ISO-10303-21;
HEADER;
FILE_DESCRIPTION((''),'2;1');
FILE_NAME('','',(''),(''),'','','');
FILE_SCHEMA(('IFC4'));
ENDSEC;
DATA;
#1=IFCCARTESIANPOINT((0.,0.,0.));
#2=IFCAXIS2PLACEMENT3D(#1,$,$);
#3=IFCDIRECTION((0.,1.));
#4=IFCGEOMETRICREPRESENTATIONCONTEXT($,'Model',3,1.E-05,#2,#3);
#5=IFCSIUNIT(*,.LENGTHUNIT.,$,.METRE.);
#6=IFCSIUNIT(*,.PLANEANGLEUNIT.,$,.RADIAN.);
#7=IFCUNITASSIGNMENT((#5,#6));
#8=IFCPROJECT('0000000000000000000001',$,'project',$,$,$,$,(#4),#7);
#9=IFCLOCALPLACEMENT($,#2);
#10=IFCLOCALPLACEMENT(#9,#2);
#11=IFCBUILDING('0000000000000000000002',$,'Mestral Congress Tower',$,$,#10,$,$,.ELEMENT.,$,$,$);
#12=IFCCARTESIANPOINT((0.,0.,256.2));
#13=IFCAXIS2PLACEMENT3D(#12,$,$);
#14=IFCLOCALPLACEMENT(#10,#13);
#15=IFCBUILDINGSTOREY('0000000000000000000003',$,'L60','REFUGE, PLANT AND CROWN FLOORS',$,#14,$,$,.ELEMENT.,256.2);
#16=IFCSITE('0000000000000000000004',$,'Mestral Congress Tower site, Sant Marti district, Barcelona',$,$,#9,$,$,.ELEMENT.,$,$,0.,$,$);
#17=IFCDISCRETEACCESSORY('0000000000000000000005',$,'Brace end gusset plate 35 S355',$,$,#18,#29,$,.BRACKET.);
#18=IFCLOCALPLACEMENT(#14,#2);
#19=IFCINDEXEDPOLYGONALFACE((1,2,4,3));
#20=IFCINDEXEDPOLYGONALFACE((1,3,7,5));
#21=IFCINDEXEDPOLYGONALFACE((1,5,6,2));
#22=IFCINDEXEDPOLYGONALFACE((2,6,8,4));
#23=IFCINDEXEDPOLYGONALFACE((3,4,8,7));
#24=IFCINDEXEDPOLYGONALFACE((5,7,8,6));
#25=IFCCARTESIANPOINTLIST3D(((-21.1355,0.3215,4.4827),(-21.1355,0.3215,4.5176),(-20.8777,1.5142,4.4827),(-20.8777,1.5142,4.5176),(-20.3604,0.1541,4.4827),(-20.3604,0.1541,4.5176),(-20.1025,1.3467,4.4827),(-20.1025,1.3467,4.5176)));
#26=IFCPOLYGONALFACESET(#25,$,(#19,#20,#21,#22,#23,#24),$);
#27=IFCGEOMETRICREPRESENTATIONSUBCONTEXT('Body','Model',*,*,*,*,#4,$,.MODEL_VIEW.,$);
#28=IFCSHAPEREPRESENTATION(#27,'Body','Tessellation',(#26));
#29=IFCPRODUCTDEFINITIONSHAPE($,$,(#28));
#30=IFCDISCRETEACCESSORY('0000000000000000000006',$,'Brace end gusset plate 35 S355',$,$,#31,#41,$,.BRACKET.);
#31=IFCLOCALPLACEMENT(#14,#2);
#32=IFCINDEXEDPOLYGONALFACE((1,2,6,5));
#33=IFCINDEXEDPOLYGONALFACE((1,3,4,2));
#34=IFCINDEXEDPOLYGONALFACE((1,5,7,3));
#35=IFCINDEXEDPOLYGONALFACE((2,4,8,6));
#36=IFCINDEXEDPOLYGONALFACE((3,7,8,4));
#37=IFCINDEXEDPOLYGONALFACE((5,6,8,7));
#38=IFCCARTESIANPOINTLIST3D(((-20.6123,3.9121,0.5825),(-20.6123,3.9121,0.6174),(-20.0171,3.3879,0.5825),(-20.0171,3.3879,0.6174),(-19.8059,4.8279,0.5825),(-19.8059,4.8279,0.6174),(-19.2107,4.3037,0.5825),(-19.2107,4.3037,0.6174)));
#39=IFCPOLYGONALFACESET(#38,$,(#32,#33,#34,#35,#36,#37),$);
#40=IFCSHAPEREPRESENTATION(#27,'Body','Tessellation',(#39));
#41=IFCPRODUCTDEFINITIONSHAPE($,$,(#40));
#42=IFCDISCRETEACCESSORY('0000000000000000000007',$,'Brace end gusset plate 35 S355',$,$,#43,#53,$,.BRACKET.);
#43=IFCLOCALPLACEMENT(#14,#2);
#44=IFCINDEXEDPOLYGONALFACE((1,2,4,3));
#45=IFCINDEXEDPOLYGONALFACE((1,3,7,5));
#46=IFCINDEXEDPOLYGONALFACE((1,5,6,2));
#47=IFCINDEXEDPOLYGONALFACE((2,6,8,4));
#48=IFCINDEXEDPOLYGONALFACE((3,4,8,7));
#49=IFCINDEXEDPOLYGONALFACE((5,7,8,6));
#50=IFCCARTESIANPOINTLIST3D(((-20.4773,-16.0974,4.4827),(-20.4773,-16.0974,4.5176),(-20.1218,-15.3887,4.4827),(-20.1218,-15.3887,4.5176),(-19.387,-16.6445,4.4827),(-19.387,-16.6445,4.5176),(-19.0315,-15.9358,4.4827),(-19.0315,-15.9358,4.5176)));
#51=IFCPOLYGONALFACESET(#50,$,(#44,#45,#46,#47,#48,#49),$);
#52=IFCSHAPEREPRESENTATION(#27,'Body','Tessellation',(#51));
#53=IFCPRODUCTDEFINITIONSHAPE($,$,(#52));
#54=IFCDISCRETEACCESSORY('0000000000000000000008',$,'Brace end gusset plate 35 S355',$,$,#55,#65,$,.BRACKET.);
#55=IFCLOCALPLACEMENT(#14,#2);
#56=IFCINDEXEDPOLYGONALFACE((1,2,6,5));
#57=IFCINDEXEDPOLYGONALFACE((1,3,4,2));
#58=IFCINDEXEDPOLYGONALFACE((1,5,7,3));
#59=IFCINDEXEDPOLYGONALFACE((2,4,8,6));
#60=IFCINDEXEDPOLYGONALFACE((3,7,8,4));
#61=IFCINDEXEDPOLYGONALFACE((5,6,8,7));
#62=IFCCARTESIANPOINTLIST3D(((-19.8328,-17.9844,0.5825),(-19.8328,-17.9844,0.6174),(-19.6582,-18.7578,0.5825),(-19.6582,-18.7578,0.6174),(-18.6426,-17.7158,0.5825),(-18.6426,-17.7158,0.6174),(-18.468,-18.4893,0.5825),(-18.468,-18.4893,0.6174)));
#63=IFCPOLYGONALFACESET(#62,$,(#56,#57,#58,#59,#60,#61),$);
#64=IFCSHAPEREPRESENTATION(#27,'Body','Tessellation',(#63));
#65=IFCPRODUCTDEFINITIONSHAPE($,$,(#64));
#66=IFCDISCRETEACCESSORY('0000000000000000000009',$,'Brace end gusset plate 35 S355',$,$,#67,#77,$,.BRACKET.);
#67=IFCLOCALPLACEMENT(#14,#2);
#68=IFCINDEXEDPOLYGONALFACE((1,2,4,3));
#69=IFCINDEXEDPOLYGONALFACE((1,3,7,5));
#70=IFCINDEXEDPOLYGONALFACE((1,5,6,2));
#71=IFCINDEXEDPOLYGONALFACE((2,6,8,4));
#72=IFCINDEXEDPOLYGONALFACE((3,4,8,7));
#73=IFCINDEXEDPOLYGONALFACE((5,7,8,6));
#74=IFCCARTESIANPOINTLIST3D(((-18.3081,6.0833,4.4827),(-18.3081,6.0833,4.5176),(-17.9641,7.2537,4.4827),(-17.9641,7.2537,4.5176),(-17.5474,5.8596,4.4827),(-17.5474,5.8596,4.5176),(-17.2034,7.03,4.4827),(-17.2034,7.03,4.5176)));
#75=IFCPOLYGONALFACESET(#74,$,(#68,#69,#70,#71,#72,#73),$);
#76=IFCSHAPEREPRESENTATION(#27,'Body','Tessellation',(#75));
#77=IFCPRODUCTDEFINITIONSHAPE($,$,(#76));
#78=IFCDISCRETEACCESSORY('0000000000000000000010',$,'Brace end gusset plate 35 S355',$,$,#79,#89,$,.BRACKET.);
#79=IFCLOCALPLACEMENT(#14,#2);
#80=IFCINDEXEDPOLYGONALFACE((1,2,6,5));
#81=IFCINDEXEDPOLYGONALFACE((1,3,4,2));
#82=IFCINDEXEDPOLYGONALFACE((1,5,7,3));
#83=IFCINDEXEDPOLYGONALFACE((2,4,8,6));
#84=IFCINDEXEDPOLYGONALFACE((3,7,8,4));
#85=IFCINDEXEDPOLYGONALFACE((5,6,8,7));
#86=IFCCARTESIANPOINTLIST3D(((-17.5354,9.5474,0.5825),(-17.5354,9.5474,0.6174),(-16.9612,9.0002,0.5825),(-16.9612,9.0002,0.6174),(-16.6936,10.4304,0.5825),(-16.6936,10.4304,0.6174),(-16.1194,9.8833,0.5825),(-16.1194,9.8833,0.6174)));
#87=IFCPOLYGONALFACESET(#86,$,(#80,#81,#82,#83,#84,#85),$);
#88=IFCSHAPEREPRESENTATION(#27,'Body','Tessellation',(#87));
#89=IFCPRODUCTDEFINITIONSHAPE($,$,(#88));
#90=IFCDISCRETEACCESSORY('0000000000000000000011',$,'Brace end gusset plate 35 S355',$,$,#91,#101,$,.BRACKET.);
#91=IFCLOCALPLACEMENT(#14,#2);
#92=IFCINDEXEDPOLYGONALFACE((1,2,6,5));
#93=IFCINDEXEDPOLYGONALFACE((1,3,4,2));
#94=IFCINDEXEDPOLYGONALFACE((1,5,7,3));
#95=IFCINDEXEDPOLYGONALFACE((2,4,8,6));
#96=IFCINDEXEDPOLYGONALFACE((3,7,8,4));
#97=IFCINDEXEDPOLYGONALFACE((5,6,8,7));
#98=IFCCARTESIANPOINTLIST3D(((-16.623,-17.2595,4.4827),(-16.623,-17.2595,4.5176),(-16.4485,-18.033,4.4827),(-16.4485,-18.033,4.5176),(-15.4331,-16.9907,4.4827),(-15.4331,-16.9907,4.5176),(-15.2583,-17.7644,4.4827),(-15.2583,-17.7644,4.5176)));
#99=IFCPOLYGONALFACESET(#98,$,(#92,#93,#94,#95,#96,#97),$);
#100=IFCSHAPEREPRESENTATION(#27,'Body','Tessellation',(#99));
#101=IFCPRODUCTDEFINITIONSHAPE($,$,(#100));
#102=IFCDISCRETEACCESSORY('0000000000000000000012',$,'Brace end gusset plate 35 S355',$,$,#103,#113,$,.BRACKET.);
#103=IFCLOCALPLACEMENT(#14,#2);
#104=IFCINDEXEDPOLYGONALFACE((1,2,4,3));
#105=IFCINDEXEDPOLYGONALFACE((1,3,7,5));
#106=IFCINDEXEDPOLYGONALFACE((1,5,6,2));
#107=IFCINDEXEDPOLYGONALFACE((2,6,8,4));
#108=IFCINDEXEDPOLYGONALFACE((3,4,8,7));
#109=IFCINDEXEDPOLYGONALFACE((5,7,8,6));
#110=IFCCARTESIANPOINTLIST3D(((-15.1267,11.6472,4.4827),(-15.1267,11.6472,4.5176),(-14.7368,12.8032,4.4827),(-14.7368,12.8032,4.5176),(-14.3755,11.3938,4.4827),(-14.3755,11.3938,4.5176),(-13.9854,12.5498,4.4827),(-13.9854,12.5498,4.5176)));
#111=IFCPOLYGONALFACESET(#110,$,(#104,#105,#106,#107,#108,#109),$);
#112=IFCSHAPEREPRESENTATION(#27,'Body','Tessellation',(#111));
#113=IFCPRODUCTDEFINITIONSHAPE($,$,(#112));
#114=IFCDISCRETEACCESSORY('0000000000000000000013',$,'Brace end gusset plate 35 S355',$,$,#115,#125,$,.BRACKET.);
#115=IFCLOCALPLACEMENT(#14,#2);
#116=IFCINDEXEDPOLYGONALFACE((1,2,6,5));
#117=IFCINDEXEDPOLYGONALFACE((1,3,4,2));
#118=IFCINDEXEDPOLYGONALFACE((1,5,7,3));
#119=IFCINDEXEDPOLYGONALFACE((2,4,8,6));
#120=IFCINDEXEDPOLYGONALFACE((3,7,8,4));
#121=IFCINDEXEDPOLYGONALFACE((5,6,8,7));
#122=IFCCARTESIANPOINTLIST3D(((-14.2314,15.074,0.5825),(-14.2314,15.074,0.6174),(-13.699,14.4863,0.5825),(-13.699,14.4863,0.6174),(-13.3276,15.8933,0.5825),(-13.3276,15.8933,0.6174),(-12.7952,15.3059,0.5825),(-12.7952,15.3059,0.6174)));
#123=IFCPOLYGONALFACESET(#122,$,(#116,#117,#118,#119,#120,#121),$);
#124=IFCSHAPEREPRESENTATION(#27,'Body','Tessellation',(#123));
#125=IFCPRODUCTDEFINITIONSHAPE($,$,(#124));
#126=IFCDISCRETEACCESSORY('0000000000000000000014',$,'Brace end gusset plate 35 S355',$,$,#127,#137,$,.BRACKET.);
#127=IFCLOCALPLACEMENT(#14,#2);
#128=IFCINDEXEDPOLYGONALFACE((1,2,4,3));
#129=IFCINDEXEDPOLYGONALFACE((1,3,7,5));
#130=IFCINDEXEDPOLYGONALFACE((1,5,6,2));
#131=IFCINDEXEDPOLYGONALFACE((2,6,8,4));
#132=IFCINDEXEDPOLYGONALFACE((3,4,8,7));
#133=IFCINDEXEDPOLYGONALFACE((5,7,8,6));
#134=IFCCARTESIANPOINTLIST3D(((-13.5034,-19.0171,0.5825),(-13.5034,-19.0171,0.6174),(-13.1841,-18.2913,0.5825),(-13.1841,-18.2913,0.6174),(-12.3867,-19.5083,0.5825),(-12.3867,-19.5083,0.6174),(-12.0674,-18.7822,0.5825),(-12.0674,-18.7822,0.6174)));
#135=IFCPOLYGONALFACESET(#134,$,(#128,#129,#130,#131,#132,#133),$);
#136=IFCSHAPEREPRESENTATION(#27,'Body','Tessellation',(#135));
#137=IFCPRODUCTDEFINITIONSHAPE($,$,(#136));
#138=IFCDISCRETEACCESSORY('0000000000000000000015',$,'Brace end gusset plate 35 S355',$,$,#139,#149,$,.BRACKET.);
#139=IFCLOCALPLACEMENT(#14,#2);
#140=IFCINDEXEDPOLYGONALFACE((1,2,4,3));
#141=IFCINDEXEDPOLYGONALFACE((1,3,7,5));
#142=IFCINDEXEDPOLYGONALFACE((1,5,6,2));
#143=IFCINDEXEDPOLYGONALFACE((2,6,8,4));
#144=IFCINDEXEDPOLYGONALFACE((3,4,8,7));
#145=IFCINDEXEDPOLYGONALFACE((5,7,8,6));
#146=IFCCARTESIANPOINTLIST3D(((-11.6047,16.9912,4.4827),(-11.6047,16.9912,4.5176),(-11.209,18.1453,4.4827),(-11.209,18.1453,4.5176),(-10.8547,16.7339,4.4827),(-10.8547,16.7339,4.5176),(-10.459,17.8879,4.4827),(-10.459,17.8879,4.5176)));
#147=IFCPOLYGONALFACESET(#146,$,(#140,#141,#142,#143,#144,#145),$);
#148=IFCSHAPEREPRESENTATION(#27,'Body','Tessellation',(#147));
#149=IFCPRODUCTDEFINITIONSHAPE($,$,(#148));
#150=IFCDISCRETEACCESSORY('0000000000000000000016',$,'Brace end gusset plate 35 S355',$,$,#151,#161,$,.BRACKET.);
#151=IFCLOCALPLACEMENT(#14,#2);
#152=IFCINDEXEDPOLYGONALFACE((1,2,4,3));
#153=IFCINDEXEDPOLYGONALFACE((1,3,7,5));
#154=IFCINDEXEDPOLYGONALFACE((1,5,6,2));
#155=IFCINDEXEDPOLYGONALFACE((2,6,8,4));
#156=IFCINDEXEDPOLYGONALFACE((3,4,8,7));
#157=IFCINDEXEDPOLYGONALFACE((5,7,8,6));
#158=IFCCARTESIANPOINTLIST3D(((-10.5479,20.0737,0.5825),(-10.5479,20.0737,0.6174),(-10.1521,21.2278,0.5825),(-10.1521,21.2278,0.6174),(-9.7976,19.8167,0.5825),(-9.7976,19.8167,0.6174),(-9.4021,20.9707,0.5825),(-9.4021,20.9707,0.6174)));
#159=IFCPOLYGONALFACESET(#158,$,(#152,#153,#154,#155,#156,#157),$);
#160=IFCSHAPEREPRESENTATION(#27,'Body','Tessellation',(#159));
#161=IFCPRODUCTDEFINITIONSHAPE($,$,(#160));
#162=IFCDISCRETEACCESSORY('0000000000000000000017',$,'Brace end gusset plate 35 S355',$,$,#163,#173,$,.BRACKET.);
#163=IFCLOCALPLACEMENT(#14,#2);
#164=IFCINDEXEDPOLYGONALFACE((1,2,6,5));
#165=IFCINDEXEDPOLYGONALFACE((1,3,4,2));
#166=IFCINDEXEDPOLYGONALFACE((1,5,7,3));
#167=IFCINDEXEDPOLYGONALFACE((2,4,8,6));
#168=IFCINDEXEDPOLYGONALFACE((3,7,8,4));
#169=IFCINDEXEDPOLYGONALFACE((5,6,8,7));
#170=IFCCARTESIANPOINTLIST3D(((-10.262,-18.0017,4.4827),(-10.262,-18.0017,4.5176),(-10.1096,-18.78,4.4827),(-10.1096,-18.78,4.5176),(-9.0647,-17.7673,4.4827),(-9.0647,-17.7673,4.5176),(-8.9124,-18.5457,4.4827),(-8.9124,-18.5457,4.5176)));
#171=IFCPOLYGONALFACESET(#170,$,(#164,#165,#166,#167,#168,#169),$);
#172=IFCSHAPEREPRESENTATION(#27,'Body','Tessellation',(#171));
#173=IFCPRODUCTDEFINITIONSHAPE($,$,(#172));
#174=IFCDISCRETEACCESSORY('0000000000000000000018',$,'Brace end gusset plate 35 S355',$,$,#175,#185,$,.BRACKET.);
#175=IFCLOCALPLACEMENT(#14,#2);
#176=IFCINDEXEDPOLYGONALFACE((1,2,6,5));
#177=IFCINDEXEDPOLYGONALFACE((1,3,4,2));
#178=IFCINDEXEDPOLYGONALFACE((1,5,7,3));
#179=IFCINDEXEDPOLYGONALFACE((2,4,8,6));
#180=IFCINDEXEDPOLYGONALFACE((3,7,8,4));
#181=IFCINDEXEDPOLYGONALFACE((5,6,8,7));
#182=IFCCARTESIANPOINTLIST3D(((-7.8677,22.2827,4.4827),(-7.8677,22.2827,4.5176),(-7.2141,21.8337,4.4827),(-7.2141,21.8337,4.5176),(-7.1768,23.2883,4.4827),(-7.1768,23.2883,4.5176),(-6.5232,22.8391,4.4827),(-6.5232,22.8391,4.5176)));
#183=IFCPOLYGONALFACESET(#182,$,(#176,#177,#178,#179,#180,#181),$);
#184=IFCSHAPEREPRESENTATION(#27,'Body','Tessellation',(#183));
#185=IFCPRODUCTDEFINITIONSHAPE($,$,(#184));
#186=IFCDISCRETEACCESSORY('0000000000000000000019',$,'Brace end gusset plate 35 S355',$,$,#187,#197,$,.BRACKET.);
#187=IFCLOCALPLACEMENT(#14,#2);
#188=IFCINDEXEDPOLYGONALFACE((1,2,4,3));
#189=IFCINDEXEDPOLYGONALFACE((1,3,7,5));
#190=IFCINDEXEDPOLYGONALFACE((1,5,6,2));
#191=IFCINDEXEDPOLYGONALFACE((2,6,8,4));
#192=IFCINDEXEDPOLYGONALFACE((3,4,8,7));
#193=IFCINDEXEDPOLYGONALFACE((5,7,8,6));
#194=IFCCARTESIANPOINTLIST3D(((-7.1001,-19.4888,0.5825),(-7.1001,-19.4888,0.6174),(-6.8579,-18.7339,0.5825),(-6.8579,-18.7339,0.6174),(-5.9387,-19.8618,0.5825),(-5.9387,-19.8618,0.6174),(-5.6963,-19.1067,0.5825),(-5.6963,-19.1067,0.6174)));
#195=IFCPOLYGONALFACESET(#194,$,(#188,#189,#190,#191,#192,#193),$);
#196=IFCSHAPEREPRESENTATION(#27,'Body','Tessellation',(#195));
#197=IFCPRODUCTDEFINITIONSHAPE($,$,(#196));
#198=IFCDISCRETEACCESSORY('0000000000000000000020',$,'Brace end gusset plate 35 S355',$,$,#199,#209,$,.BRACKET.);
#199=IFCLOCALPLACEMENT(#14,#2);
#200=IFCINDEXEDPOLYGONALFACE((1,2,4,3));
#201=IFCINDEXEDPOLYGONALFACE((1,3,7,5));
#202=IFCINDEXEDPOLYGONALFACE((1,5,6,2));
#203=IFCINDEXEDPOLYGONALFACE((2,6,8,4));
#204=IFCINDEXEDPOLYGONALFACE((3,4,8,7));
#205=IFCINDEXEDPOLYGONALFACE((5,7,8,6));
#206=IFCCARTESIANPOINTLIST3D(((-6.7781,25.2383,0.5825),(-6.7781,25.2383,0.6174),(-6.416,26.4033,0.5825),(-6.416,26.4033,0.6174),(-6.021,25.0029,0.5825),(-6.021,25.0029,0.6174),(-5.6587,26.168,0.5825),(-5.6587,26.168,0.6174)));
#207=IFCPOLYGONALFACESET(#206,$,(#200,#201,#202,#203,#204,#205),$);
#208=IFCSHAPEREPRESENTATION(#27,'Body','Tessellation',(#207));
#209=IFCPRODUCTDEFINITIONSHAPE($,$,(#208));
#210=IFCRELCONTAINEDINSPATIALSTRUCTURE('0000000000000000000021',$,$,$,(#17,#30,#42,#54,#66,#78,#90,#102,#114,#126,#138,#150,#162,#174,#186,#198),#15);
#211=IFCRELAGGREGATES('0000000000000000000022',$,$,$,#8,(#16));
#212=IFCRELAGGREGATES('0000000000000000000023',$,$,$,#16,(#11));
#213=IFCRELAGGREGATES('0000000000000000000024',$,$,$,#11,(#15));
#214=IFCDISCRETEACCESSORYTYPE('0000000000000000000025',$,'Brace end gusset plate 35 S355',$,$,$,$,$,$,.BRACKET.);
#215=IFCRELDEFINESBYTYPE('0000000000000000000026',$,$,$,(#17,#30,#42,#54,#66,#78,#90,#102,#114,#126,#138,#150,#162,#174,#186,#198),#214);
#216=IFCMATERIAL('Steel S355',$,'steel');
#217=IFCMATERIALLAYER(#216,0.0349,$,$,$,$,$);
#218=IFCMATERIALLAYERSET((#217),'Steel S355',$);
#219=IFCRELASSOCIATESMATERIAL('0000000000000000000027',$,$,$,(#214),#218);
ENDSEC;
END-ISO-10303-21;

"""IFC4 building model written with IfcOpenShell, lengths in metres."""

from ifc_helpers import new_model, si_unit, direction, frame, origin, place, context, subcontext, project, spatial, polyline, outline, extrude, material, layer, layer_set, type_object, element, save


model = new_model("IFC4")

# Units and contexts
model_context = context("Model", 3, precision=1e-05, world=origin(), true_north=direction((0.0, 1.0)))
body_context = subcontext(model_context, "Body", "Model", "MODEL_VIEW")
ifc_project = project(units=[si_unit("LENGTHUNIT", "METRE"), si_unit("PLANEANGLEUNIT", "RADIAN")], contexts=[model_context])

# Site, building, storey
site_placement = place(None, origin())
site = spatial("IfcSite", under=ifc_project, at=site_placement, Name="Mestral Congress Tower site, Sant Marti district, Barcelona", CompositionType="ELEMENT", RefElevation=0.0)
building_placement = place(site_placement, origin())
building = spatial("IfcBuilding", under=site, at=building_placement, Name="Mestral Congress Tower", CompositionType="ELEMENT")
storey_placement = place(building_placement, frame((0.0, 0.0, 256.2)))
storey = spatial("IfcBuildingStorey", under=building, at=storey_placement, Name="L60", Description="REFUGE, PLANT AND CROWN FLOORS", CompositionType="ELEMENT", Elevation=256.2)

# Discrete accessories
ifc_material_1 = material(Name="Steel S355", Category="steel")
ifc_layer_1 = layer(ifc_material_1, 0.0349)
ifc_layer_set_1 = layer_set([ifc_layer_1], Name="Steel S355")
discrete_accessory_type = type_object("IfcDiscreteAccessoryType", Name="Brace end gusset plate 35 S355", PredefinedType="BRACKET", material=ifc_layer_set_1)
placement_1 = place(storey_placement, frame((0.0, 0.0, 0.5825)))
placement_2 = place(storey_placement, frame((0.0, 0.0, 4.4827)))
element("IfcDiscreteAccessory", 1, at=placement_2, inside=storey, type_object=discrete_accessory_type, Name="Brace end gusset plate 35 S355", PredefinedType="BRACKET", context=body_context, shape_type="SweptSolid", body=[
    extrude(outline(polyline([(-20.3604, 0.1541), (-20.1025, 1.3467), (-20.8777, 1.5142), (-21.1355, 0.3215), (-20.3604, 0.1541)])), origin(), (0.0, 0.0, 1.0), 0.0349),
])
element("IfcDiscreteAccessory", 2, at=placement_1, inside=storey, type_object=discrete_accessory_type, Name="Brace end gusset plate 35 S355", PredefinedType="BRACKET", context=body_context, shape_type="SweptSolid", body=[
    extrude(outline(polyline([(-20.0171, 3.3879), (-19.2107, 4.3037), (-19.8059, 4.8279), (-20.6123, 3.9121), (-20.0171, 3.3879)])), origin(), (0.0, 0.0, 1.0), 0.0349),
])
element("IfcDiscreteAccessory", 3, at=placement_2, inside=storey, type_object=discrete_accessory_type, Name="Brace end gusset plate 35 S355", PredefinedType="BRACKET", context=body_context, shape_type="SweptSolid", body=[
    extrude(outline(polyline([(-19.0315, -15.9358), (-20.1218, -15.3887), (-20.4773, -16.0974), (-19.387, -16.6445), (-19.0315, -15.9358)])), origin(), (0.0, 0.0, 1.0), 0.0349),
])
element("IfcDiscreteAccessory", 4, at=placement_1, inside=storey, type_object=discrete_accessory_type, Name="Brace end gusset plate 35 S355", PredefinedType="BRACKET", context=body_context, shape_type="SweptSolid", body=[
    extrude(outline(polyline([(-19.6582, -18.7578), (-18.468, -18.4893), (-18.6426, -17.7158), (-19.8328, -17.9844), (-19.6582, -18.7578)])), origin(), (0.0, 0.0, 1.0), 0.0349),
])
element("IfcDiscreteAccessory", 5, at=placement_2, inside=storey, type_object=discrete_accessory_type, Name="Brace end gusset plate 35 S355", PredefinedType="BRACKET", context=body_context, shape_type="SweptSolid", body=[
    extrude(outline(polyline([(-17.5474, 5.8596), (-17.2034, 7.03), (-17.9641, 7.2537), (-18.3081, 6.0833), (-17.5474, 5.8596)])), origin(), (0.0, 0.0, 1.0), 0.0349),
])
element("IfcDiscreteAccessory", 6, at=placement_1, inside=storey, type_object=discrete_accessory_type, Name="Brace end gusset plate 35 S355", PredefinedType="BRACKET", context=body_context, shape_type="SweptSolid", body=[
    extrude(outline(polyline([(-16.9612, 9.0002), (-16.1194, 9.8833), (-16.6936, 10.4304), (-17.5354, 9.5474), (-16.9612, 9.0002)])), origin(), (0.0, 0.0, 1.0), 0.0349),
])
element("IfcDiscreteAccessory", 7, at=placement_2, inside=storey, type_object=discrete_accessory_type, Name="Brace end gusset plate 35 S355", PredefinedType="BRACKET", context=body_context, shape_type="SweptSolid", body=[
    extrude(outline(polyline([(-15.4331, -16.9907), (-16.623, -17.2595), (-16.4485, -18.033), (-15.2583, -17.7644), (-15.4331, -16.9907)])), origin(), (0.0, 0.0, 1.0), 0.0349),
])
element("IfcDiscreteAccessory", 8, at=placement_2, inside=storey, type_object=discrete_accessory_type, Name="Brace end gusset plate 35 S355", PredefinedType="BRACKET", context=body_context, shape_type="SweptSolid", body=[
    extrude(outline(polyline([(-14.3755, 11.3938), (-13.9854, 12.5498), (-14.7368, 12.8032), (-15.1267, 11.6472), (-14.3755, 11.3938)])), origin(), (0.0, 0.0, 1.0), 0.0349),
])
element("IfcDiscreteAccessory", 9, at=placement_1, inside=storey, type_object=discrete_accessory_type, Name="Brace end gusset plate 35 S355", PredefinedType="BRACKET", context=body_context, shape_type="SweptSolid", body=[
    extrude(outline(polyline([(-13.699, 14.4863), (-12.7952, 15.3059), (-13.3276, 15.8933), (-14.2314, 15.074), (-13.699, 14.4863)])), origin(), (0.0, 0.0, 1.0), 0.0349),
])
element("IfcDiscreteAccessory", 10, at=placement_1, inside=storey, type_object=discrete_accessory_type, Name="Brace end gusset plate 35 S355", PredefinedType="BRACKET", context=body_context, shape_type="SweptSolid", body=[
    extrude(outline(polyline([(-12.0674, -18.7822), (-13.1841, -18.2913), (-13.5034, -19.0171), (-12.3867, -19.5083), (-12.0674, -18.7822)])), origin(), (0.0, 0.0, 1.0), 0.0349),
])
element("IfcDiscreteAccessory", 11, at=placement_2, inside=storey, type_object=discrete_accessory_type, Name="Brace end gusset plate 35 S355", PredefinedType="BRACKET", context=body_context, shape_type="SweptSolid", body=[
    extrude(outline(polyline([(-10.8547, 16.7339), (-10.459, 17.8879), (-11.209, 18.1453), (-11.6047, 16.9912), (-10.8547, 16.7339)])), origin(), (0.0, 0.0, 1.0), 0.0349),
])
element("IfcDiscreteAccessory", 12, at=placement_1, inside=storey, type_object=discrete_accessory_type, Name="Brace end gusset plate 35 S355", PredefinedType="BRACKET", context=body_context, shape_type="SweptSolid", body=[
    extrude(outline(polyline([(-10.1521, 21.2278), (-10.5479, 20.0737), (-9.7976, 19.8167), (-9.4021, 20.9707), (-10.1521, 21.2278)])), origin(), (0.0, 0.0, 1.0), 0.0349),
])
element("IfcDiscreteAccessory", 13, at=placement_2, inside=storey, type_object=discrete_accessory_type, Name="Brace end gusset plate 35 S355", PredefinedType="BRACKET", context=body_context, shape_type="SweptSolid", body=[
    extrude(outline(polyline([(-9.0647, -17.7673), (-10.262, -18.0017), (-10.1096, -18.78), (-8.9124, -18.5457), (-9.0647, -17.7673)])), origin(), (0.0, 0.0, 1.0), 0.0349),
])
element("IfcDiscreteAccessory", 14, at=placement_2, inside=storey, type_object=discrete_accessory_type, Name="Brace end gusset plate 35 S355", PredefinedType="BRACKET", context=body_context, shape_type="SweptSolid", body=[
    extrude(outline(polyline([(-7.2141, 21.8337), (-6.5232, 22.8391), (-7.1768, 23.2883), (-7.8677, 22.2827), (-7.2141, 21.8337)])), origin(), (0.0, 0.0, 1.0), 0.0349),
])
element("IfcDiscreteAccessory", 15, at=placement_1, inside=storey, type_object=discrete_accessory_type, Name="Brace end gusset plate 35 S355", PredefinedType="BRACKET", context=body_context, shape_type="SweptSolid", body=[
    extrude(outline(polyline([(-5.6963, -19.1067), (-6.8579, -18.7339), (-7.1001, -19.4888), (-5.9387, -19.8618), (-5.6963, -19.1067)])), origin(), (0.0, 0.0, 1.0), 0.0349),
])
element("IfcDiscreteAccessory", 16, at=placement_1, inside=storey, type_object=discrete_accessory_type, Name="Brace end gusset plate 35 S355", PredefinedType="BRACKET", context=body_context, shape_type="SweptSolid", body=[
    extrude(outline(polyline([(-6.416, 26.4033), (-6.7781, 25.2383), (-6.021, 25.0029), (-5.6587, 26.168), (-6.416, 26.4033)])), origin(), (0.0, 0.0, 1.0), 0.0349),
])

save(model, "model.ifc")
